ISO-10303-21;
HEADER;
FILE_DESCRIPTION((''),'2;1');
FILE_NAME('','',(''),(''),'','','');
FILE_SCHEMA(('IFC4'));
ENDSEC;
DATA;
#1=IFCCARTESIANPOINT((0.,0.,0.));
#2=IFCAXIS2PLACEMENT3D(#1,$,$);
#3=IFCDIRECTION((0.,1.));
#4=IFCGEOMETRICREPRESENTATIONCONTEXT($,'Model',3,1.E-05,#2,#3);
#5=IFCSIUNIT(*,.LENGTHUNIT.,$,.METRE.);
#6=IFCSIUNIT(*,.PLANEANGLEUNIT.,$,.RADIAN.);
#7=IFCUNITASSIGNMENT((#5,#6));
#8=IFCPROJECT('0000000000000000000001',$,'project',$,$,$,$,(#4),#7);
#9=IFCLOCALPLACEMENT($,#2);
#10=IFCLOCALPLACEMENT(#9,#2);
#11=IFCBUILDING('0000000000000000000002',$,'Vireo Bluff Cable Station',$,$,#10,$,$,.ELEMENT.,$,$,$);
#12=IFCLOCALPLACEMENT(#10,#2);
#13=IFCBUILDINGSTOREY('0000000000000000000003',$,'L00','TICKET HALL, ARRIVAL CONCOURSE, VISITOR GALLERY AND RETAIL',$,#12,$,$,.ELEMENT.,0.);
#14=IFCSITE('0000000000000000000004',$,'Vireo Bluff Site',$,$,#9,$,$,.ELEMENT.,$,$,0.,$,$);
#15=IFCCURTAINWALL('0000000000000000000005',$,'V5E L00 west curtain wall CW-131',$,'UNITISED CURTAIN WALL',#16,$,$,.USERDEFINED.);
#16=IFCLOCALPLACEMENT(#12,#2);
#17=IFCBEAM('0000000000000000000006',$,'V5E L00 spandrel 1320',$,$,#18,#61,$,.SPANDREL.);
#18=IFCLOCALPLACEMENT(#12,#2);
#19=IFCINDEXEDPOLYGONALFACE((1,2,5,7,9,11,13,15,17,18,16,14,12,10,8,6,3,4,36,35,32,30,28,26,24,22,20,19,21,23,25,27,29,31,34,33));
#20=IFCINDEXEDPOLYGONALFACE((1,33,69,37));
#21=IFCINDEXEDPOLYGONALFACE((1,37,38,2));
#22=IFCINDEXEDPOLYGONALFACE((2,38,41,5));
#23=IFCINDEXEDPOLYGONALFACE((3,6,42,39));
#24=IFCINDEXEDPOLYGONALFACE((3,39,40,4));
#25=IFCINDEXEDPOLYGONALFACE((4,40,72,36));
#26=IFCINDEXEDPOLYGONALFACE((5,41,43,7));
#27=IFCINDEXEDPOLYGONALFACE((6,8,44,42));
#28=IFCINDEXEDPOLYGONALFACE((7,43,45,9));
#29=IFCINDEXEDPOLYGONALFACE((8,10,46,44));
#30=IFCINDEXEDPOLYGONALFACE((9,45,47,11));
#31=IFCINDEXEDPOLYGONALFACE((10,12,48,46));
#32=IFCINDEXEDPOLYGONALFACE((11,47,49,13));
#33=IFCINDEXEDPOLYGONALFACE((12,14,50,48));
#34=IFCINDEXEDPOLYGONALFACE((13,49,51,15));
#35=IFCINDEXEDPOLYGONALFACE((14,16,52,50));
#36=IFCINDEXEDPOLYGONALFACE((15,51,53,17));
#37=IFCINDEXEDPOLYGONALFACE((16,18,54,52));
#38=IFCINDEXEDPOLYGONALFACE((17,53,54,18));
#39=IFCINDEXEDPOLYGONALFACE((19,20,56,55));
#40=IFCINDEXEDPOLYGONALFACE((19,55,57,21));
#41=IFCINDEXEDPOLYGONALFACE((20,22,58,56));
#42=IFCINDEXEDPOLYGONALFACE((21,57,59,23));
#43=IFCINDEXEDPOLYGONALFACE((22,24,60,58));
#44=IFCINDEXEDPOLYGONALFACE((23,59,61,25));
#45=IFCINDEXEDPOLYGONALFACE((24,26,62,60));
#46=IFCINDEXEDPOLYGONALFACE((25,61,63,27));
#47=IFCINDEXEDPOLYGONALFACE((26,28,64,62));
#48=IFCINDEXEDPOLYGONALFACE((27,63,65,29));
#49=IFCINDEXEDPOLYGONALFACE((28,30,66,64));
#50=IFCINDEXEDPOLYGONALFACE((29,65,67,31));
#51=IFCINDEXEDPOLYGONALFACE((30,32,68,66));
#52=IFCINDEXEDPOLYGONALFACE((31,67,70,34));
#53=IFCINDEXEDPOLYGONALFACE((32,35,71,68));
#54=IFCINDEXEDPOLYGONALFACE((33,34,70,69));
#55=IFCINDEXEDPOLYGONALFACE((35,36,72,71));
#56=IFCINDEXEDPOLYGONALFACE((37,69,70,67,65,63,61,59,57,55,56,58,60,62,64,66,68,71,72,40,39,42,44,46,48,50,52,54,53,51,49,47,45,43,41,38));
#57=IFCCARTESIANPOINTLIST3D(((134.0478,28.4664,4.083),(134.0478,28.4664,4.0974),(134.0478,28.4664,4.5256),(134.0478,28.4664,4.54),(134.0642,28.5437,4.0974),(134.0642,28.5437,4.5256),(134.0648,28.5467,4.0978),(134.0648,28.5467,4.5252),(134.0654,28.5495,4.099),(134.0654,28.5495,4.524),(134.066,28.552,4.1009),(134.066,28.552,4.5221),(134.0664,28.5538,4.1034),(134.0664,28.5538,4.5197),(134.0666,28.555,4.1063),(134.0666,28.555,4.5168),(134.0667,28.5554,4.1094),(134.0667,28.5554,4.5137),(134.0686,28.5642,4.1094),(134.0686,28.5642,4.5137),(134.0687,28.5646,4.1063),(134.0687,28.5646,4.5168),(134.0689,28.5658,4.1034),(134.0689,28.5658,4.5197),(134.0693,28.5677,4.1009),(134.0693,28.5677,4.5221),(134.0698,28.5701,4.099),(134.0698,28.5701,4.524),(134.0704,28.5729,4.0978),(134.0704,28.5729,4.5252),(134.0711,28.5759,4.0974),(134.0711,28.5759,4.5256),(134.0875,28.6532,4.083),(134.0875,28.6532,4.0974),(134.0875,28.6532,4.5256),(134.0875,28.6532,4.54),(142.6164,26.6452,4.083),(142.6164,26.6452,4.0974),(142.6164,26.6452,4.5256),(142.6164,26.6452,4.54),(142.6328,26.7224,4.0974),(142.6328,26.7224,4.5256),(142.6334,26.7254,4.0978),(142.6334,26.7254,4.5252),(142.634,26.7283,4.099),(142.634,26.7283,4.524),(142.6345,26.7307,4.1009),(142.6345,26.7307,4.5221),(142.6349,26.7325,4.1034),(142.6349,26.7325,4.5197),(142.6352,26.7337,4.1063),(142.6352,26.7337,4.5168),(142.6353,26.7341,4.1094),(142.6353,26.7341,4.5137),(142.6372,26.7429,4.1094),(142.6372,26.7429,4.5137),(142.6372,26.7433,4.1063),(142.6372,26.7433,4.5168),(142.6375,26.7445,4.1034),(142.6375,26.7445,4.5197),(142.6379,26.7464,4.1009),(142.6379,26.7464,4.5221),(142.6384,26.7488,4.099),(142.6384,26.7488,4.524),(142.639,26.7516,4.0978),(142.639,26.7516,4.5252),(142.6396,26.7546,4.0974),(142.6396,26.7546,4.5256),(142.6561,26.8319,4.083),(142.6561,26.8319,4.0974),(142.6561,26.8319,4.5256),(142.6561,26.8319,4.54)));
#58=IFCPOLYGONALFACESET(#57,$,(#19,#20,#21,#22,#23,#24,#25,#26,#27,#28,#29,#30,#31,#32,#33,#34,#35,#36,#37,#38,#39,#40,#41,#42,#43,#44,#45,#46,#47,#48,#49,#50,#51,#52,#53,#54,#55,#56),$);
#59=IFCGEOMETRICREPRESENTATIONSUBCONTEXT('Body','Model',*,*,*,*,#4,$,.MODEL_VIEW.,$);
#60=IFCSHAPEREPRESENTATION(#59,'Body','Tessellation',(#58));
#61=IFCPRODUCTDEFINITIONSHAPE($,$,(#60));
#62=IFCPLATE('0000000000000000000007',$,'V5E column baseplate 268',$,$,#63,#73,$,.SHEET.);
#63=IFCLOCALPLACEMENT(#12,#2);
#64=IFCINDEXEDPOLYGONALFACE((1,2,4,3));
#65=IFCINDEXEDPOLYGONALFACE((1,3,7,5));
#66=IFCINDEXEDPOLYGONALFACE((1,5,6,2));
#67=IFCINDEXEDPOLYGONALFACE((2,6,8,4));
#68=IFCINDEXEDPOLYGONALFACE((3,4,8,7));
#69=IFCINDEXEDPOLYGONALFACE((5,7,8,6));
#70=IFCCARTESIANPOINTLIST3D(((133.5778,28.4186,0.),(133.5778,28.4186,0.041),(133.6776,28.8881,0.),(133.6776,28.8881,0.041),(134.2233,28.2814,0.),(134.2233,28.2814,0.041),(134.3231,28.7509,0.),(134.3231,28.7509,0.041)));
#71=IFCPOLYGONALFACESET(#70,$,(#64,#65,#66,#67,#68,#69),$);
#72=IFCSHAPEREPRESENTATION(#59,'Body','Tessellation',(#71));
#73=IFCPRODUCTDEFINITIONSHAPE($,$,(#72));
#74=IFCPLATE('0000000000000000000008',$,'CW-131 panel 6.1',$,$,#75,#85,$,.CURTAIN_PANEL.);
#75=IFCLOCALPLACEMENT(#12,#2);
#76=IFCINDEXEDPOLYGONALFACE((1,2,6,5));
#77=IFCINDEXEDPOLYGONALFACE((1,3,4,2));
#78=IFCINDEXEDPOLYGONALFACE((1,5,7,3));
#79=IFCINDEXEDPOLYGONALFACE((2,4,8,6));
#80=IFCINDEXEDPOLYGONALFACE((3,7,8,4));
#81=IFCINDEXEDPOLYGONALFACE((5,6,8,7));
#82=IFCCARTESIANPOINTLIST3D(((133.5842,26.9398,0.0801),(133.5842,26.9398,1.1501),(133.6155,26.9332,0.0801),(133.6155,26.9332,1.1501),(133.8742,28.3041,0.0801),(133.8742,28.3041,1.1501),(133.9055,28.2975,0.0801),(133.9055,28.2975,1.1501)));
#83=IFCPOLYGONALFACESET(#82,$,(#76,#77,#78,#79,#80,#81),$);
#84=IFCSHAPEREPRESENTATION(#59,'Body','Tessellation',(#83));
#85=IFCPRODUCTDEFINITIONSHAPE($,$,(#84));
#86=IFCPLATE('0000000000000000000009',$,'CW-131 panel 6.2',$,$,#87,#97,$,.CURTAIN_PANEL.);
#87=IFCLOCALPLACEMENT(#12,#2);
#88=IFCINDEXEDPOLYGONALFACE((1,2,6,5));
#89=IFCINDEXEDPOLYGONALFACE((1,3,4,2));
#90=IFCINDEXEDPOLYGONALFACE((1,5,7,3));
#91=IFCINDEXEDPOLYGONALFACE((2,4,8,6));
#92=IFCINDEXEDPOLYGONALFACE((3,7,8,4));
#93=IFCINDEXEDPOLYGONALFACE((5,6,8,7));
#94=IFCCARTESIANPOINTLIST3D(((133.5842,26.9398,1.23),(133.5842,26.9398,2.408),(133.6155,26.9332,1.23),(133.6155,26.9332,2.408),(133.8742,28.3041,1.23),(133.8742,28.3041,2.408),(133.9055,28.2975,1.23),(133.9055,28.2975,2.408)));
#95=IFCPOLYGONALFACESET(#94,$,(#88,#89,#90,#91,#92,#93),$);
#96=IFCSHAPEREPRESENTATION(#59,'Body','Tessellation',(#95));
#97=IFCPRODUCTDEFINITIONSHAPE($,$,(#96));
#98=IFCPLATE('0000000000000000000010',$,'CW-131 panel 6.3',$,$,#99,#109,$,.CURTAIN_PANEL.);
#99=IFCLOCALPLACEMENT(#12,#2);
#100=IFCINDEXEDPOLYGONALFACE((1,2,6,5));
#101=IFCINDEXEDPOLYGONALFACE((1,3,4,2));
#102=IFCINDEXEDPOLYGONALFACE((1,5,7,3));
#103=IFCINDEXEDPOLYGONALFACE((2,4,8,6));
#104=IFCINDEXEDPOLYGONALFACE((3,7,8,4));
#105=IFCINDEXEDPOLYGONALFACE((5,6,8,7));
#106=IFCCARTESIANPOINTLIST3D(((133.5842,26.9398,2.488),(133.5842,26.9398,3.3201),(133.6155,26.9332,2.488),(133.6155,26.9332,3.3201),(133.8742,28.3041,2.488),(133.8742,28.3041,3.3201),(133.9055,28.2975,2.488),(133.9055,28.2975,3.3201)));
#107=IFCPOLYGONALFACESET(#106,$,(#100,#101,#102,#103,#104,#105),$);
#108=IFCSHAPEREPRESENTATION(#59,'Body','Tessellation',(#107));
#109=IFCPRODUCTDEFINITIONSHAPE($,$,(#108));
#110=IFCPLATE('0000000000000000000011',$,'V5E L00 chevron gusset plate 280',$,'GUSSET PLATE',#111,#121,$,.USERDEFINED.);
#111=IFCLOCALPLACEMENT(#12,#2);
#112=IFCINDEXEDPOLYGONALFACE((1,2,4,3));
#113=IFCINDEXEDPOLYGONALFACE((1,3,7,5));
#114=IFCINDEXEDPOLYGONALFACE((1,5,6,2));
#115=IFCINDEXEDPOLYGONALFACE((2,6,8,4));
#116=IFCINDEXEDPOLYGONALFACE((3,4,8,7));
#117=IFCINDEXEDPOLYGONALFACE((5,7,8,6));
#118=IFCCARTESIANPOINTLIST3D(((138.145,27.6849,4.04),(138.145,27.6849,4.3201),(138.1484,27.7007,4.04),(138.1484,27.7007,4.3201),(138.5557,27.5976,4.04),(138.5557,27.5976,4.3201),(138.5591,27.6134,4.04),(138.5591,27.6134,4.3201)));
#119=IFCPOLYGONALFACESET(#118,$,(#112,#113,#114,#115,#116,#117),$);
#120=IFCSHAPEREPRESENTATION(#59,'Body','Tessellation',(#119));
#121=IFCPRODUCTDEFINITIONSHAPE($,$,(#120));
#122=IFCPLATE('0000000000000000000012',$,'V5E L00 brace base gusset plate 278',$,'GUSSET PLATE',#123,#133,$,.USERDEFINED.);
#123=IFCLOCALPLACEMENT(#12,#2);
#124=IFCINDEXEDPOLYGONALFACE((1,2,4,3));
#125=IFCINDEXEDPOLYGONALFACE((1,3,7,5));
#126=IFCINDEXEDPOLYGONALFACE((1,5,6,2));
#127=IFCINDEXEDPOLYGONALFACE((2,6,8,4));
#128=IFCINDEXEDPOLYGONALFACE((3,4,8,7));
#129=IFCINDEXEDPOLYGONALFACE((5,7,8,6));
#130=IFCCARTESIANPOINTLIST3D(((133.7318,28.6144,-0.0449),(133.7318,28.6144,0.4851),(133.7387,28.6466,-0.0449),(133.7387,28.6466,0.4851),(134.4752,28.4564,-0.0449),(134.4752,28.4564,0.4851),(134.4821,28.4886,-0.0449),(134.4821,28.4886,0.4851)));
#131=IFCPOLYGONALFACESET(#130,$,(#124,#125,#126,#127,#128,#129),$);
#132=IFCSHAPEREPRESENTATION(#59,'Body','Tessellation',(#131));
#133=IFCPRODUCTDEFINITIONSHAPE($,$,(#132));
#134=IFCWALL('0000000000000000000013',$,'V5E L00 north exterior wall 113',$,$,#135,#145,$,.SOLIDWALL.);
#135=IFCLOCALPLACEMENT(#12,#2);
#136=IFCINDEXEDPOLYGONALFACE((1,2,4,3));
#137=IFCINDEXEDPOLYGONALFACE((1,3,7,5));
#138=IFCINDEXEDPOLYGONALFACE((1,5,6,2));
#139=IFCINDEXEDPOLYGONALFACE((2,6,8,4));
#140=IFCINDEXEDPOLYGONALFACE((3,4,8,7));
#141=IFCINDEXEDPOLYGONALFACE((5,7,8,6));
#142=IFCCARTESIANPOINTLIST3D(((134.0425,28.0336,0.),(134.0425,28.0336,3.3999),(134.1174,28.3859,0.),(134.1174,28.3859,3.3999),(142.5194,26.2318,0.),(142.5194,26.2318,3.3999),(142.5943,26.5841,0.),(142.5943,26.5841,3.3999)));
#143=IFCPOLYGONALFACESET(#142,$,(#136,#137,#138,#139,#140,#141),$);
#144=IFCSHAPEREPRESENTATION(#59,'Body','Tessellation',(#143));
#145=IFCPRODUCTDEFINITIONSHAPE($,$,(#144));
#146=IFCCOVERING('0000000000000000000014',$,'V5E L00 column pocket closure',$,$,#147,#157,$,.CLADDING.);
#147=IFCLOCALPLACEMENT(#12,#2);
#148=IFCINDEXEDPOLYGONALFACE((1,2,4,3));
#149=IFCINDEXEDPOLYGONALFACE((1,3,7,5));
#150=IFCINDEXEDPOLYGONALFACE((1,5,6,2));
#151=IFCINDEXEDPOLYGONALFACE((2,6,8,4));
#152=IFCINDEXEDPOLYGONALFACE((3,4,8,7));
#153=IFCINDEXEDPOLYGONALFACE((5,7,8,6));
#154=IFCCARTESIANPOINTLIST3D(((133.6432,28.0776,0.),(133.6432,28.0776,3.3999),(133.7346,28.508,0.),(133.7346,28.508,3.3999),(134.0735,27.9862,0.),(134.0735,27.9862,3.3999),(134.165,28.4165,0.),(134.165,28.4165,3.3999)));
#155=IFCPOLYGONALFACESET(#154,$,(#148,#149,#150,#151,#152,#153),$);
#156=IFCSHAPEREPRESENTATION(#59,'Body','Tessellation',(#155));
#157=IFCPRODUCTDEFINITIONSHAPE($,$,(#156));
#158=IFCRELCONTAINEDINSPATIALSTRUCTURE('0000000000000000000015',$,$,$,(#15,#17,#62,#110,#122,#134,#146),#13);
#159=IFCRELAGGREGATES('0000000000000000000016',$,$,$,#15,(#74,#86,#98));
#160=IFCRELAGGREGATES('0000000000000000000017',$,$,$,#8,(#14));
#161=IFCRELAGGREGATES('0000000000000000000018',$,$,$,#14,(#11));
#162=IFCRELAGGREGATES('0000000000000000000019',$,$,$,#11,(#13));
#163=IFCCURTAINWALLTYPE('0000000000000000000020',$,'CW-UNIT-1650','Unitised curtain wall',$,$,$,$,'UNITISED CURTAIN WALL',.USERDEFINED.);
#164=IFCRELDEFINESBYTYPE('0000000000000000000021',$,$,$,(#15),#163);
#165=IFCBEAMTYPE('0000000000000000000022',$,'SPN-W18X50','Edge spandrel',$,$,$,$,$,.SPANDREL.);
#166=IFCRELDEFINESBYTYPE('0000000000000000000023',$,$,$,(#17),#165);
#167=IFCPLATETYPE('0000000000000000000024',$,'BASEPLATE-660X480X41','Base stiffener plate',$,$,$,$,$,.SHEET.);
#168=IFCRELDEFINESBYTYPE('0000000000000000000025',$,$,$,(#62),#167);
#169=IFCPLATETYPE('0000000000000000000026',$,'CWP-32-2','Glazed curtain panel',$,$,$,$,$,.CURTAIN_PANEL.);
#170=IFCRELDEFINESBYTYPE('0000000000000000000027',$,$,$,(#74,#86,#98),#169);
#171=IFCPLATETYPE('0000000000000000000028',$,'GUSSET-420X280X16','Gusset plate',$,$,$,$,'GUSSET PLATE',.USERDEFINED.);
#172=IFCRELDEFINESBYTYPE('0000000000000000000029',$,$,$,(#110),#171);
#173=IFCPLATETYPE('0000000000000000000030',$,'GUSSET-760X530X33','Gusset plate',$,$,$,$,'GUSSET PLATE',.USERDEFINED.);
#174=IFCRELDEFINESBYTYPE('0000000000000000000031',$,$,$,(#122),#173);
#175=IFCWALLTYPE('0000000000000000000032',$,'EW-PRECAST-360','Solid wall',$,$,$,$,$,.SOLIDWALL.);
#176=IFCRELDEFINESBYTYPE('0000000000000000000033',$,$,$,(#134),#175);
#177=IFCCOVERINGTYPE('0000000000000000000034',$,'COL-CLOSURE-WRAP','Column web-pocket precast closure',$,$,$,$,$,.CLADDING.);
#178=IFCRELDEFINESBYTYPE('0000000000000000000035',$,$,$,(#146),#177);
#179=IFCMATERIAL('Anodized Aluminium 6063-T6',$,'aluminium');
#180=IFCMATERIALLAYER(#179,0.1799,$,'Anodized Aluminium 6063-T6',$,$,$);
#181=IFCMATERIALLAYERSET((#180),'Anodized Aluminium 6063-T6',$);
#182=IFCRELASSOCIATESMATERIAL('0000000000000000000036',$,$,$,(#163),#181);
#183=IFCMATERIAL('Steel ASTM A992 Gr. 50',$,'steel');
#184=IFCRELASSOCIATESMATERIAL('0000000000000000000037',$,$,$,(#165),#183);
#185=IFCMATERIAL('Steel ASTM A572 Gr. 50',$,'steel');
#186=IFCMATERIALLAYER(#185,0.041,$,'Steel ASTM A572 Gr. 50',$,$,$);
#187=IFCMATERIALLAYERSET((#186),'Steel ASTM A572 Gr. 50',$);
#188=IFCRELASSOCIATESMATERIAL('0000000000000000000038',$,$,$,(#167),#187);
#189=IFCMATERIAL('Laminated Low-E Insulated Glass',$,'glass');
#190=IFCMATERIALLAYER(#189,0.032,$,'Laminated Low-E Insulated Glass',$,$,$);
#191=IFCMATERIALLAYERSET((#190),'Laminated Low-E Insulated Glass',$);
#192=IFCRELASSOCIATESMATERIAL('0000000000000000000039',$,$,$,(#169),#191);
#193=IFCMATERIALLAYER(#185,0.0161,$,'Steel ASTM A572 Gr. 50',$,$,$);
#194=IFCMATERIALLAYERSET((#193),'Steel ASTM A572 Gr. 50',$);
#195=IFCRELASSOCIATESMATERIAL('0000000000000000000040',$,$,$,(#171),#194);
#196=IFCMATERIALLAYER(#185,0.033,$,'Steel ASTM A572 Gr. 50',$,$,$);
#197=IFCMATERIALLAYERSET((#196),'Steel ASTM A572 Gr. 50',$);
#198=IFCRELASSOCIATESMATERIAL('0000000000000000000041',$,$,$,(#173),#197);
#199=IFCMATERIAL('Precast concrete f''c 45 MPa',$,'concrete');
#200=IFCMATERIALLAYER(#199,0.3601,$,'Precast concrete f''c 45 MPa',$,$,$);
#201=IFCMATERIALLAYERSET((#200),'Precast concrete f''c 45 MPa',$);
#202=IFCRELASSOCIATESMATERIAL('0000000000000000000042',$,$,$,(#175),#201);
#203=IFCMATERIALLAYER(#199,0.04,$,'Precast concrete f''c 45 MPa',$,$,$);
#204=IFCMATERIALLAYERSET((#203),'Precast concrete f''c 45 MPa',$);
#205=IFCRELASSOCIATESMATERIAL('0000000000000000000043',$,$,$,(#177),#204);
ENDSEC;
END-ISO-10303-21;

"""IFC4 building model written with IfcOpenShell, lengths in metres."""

from ifc_helpers import new_model, si_unit, direction, frame, frame_2d, origin, origin_2d, place, context, subcontext, project, spatial, rectangle, i_section, extrude, material, layer, layer_set, material_profile, profile_set, type_object, element, aggregate, save


model = new_model("IFC4")

# Units and contexts
model_context = context("Model", 3, precision=1e-05, world=origin(), true_north=direction((0.0, 1.0)))
body_context = subcontext(model_context, "Body", "Model", "MODEL_VIEW")
ifc_project = project(units=[si_unit("LENGTHUNIT", "METRE"), si_unit("PLANEANGLEUNIT", "RADIAN")], contexts=[model_context])

# Site, building, storey
site_placement = place(None, origin())
site = spatial("IfcSite", under=ifc_project, at=site_placement, Name="Vireo Bluff Site", CompositionType="ELEMENT", RefElevation=0.0)
building_placement = place(site_placement, origin())
building = spatial("IfcBuilding", under=site, at=building_placement, Name="Vireo Bluff Cable Station", CompositionType="ELEMENT")
storey_placement = place(building_placement, origin())
storey = spatial("IfcBuildingStorey", under=building, at=storey_placement, Name="L00", Description="TICKET HALL, ARRIVAL CONCOURSE, VISITOR GALLERY AND RETAIL", CompositionType="ELEMENT", Elevation=0.0)

# Shared definitions
ifc_material_1 = material(Name="Steel ASTM A992 Gr. 50", Category="steel")

# Curtain wall
ifc_material_2 = material(Name="Anodized Aluminium 6063-T6", Category="aluminium")
ifc_layer_1 = layer(ifc_material_2, 0.1799, Name="Anodized Aluminium 6063-T6")
ifc_layer_set_1 = layer_set([ifc_layer_1], Name="Anodized Aluminium 6063-T6")
curtain_wall_type = type_object("IfcCurtainWallType", Name="CW-UNIT-1650", Description="Unitised curtain wall", ElementType="UNITISED CURTAIN WALL", PredefinedType="USERDEFINED", material=ifc_layer_set_1)
curtain_wall_placement = place(storey_placement, origin())
curtain_wall = element("IfcCurtainWall", 1, at=curtain_wall_placement, inside=storey, type_object=curtain_wall_type, Name="V5E L00 west curtain wall CW-131", ObjectType="UNITISED CURTAIN WALL", PredefinedType="USERDEFINED")

# Beam
ifc_material_profile_1 = material_profile(ifc_material_1, i_section(OverallWidth=0.1909, OverallDepth=0.457, WebThickness=0.009, FlangeThickness=0.0144, FilletRadius=0.012, at=origin_2d()), Name="W18X50")
ifc_profile_set_1 = profile_set([ifc_material_profile_1], Name="Steel ASTM A992 Gr. 50")
beam_type_1 = type_object("IfcBeamType", Name="SPN-W18X50", Description="Edge spandrel", PredefinedType="SPANDREL", material=ifc_profile_set_1)
beam_1_placement = place(storey_placement, frame((134.0676, 28.5598, 4.3115), z_axis=(0.978148, -0.207909, 0.0), x_axis=(0.207909, 0.978148, 0.0)))
element("IfcBeam", 2, at=beam_1_placement, inside=storey, type_object=beam_type_1, Name="V5E L00 spandrel 1320", PredefinedType="SPANDREL", context=body_context, shape_type="SweptSolid", body=[
    extrude(i_section(OverallWidth=0.1909, OverallDepth=0.457, WebThickness=0.009, FlangeThickness=0.0144, FilletRadius=0.012, at=origin_2d()), origin(), (0.0, 0.0, 1.0), 8.76),
])

# Plates
ifc_material_3 = material(Name="Steel ASTM A572 Gr. 50", Category="steel")
ifc_layer_2 = layer(ifc_material_3, 0.041, Name="Steel ASTM A572 Gr. 50")
ifc_layer_set_2 = layer_set([ifc_layer_2], Name="Steel ASTM A572 Gr. 50")
plate_type_1 = type_object("IfcPlateType", Name="BASEPLATE-660X480X41", Description="Base stiffener plate", PredefinedType="SHEET", material=ifc_layer_set_2)
plate_1_placement = place(storey_placement, frame((133.9504, 28.5847, 0.0), z_axis=(0.0, 0.0, 1.0), x_axis=(0.978148, -0.207912, 0.0)))
element("IfcPlate", 3, at=plate_1_placement, inside=storey, type_object=plate_type_1, Name="V5E column baseplate 268", PredefinedType="SHEET", context=body_context, shape_type="SweptSolid", body=[
    extrude(rectangle(XDim=0.6599, YDim=0.48, at=origin_2d()), origin(), (0.0, 0.0, 1.0), 0.041),
])
ifc_material_4 = material(Name="Laminated Low-E Insulated Glass", Category="glass")
ifc_layer_3 = layer(ifc_material_4, 0.032, Name="Laminated Low-E Insulated Glass")
ifc_layer_set_3 = layer_set([ifc_layer_3], Name="Laminated Low-E Insulated Glass")
plate_type_2 = type_object("IfcPlateType", Name="CWP-32-2", Description="Glazed curtain panel", PredefinedType="CURTAIN_PANEL", material=ifc_layer_set_3)
plate_2_placement = place(storey_placement, frame((133.7449, 27.6187, 0.0801), z_axis=(0.0, 0.0, 1.0), x_axis=(0.207912, 0.978148, 0.0)))
plate_2 = element("IfcPlate", 4, at=plate_2_placement, type_object=plate_type_2, Name="CW-131 panel 6.1", PredefinedType="CURTAIN_PANEL", context=body_context, shape_type="SweptSolid", body=[
    extrude(rectangle(XDim=1.3948, YDim=0.032, at=origin_2d()), origin(), (0.0, 0.0, 1.0), 1.0701),
])
plate_3_placement = place(storey_placement, frame((133.7449, 27.6187, 1.23), z_axis=(0.0, 0.0, 1.0), x_axis=(0.207912, 0.978148, 0.0)))
plate_3 = element("IfcPlate", 5, at=plate_3_placement, type_object=plate_type_2, Name="CW-131 panel 6.2", PredefinedType="CURTAIN_PANEL", context=body_context, shape_type="SweptSolid", body=[
    extrude(rectangle(XDim=1.3948, YDim=0.032, at=origin_2d()), origin(), (0.0, 0.0, 1.0), 1.178),
])
plate_4_placement = place(storey_placement, frame((133.7449, 27.6187, 2.488), z_axis=(0.0, 0.0, 1.0), x_axis=(0.207912, 0.978148, 0.0)))
plate_4 = element("IfcPlate", 6, at=plate_4_placement, type_object=plate_type_2, Name="CW-131 panel 6.3", PredefinedType="CURTAIN_PANEL", context=body_context, shape_type="SweptSolid", body=[
    extrude(rectangle(XDim=1.3948, YDim=0.032, at=origin_2d()), origin(), (0.0, 0.0, 1.0), 0.832),
])
aggregate(curtain_wall, [plate_2, plate_3, plate_4])

# Plates
ifc_layer_4 = layer(ifc_material_3, 0.0161, Name="Steel ASTM A572 Gr. 50")
ifc_layer_set_4 = layer_set([ifc_layer_4], Name="Steel ASTM A572 Gr. 50")
plate_type_3 = type_object("IfcPlateType", Name="GUSSET-420X280X16", Description="Gusset plate", ElementType="GUSSET PLATE", PredefinedType="USERDEFINED", material=ifc_layer_set_4)
plate_5_placement = place(storey_placement, frame((138.3521, 27.6492, 4.04), z_axis=(0.0, 0.0, 1.0), x_axis=(0.978148, -0.207912, 0.0)))
element("IfcPlate", 7, at=plate_5_placement, inside=storey, type_object=plate_type_3, Name="V5E L00 chevron gusset plate 280", ObjectType="GUSSET PLATE", PredefinedType="USERDEFINED", context=body_context, shape_type="SweptSolid", body=[
    extrude(rectangle(XDim=0.4199, YDim=0.0161, at=origin_2d()), origin(), (0.0, 0.0, 1.0), 0.28),
])
ifc_layer_5 = layer(ifc_material_3, 0.033, Name="Steel ASTM A572 Gr. 50")
ifc_layer_set_5 = layer_set([ifc_layer_5], Name="Steel ASTM A572 Gr. 50")
plate_type_4 = type_object("IfcPlateType", Name="GUSSET-760X530X33", Description="Gusset plate", ElementType="GUSSET PLATE", PredefinedType="USERDEFINED", material=ifc_layer_set_5)
plate_6_placement = place(storey_placement, frame((134.1069, 28.5515, -0.0449), z_axis=(0.0, 0.0, 1.0), x_axis=(0.978148, -0.207912, 0.0)))
element("IfcPlate", 8, at=plate_6_placement, inside=storey, type_object=plate_type_4, Name="V5E L00 brace base gusset plate 278", ObjectType="GUSSET PLATE", PredefinedType="USERDEFINED", context=body_context, shape_type="SweptSolid", body=[
    extrude(rectangle(XDim=0.76, YDim=0.033, at=origin_2d()), origin(), (0.0, 0.0, 1.0), 0.53),
])

# Wall
ifc_material_5 = material(Name="Precast concrete f'c 45 MPa", Category="concrete")
ifc_layer_6 = layer(ifc_material_5, 0.3601, Name="Precast concrete f'c 45 MPa")
ifc_layer_set_6 = layer_set([ifc_layer_6], Name="Precast concrete f'c 45 MPa")
wall_type = type_object("IfcWallType", Name="EW-PRECAST-360", Description="Solid wall", PredefinedType="SOLIDWALL", material=ifc_layer_set_6)
wall_placement = place(storey_placement, frame((134.0801, 28.2097, 0.0), z_axis=(0.0, 0.0, 1.0), x_axis=(0.978149, -0.207907, 0.0)))
element("IfcWall", 9, at=wall_placement, inside=storey, type_object=wall_type, Name="V5E L00 north exterior wall 113", PredefinedType="SOLIDWALL", context=body_context, shape_type="SweptSolid", body=[
    extrude(rectangle(XDim=8.6663, YDim=0.3601, at=frame_2d((4.333, 0.0))), origin(), (0.0, 0.0, 1.0), 3.3999),
])

# Covering
ifc_layer_7 = layer(ifc_material_5, 0.04, Name="Precast concrete f'c 45 MPa")
ifc_layer_set_7 = layer_set([ifc_layer_7], Name="Precast concrete f'c 45 MPa")
covering_type = type_object("IfcCoveringType", Name="COL-CLOSURE-WRAP", Description="Column web-pocket precast closure", PredefinedType="CLADDING", material=ifc_layer_set_7)
covering_placement = place(storey_placement, frame((133.9041, 28.2471, 0.0), z_axis=(0.0, 0.0, 1.0), x_axis=(0.978148, -0.207912, 0.0)))
element("IfcCovering", 10, at=covering_placement, inside=storey, type_object=covering_type, Name="V5E L00 column pocket closure", PredefinedType="CLADDING", context=body_context, shape_type="SweptSolid", body=[
    extrude(rectangle(XDim=0.4399, YDim=0.4399, at=origin_2d()), origin(), (0.0, 0.0, 1.0), 3.3999),
])

save(model, "model.ifc")
